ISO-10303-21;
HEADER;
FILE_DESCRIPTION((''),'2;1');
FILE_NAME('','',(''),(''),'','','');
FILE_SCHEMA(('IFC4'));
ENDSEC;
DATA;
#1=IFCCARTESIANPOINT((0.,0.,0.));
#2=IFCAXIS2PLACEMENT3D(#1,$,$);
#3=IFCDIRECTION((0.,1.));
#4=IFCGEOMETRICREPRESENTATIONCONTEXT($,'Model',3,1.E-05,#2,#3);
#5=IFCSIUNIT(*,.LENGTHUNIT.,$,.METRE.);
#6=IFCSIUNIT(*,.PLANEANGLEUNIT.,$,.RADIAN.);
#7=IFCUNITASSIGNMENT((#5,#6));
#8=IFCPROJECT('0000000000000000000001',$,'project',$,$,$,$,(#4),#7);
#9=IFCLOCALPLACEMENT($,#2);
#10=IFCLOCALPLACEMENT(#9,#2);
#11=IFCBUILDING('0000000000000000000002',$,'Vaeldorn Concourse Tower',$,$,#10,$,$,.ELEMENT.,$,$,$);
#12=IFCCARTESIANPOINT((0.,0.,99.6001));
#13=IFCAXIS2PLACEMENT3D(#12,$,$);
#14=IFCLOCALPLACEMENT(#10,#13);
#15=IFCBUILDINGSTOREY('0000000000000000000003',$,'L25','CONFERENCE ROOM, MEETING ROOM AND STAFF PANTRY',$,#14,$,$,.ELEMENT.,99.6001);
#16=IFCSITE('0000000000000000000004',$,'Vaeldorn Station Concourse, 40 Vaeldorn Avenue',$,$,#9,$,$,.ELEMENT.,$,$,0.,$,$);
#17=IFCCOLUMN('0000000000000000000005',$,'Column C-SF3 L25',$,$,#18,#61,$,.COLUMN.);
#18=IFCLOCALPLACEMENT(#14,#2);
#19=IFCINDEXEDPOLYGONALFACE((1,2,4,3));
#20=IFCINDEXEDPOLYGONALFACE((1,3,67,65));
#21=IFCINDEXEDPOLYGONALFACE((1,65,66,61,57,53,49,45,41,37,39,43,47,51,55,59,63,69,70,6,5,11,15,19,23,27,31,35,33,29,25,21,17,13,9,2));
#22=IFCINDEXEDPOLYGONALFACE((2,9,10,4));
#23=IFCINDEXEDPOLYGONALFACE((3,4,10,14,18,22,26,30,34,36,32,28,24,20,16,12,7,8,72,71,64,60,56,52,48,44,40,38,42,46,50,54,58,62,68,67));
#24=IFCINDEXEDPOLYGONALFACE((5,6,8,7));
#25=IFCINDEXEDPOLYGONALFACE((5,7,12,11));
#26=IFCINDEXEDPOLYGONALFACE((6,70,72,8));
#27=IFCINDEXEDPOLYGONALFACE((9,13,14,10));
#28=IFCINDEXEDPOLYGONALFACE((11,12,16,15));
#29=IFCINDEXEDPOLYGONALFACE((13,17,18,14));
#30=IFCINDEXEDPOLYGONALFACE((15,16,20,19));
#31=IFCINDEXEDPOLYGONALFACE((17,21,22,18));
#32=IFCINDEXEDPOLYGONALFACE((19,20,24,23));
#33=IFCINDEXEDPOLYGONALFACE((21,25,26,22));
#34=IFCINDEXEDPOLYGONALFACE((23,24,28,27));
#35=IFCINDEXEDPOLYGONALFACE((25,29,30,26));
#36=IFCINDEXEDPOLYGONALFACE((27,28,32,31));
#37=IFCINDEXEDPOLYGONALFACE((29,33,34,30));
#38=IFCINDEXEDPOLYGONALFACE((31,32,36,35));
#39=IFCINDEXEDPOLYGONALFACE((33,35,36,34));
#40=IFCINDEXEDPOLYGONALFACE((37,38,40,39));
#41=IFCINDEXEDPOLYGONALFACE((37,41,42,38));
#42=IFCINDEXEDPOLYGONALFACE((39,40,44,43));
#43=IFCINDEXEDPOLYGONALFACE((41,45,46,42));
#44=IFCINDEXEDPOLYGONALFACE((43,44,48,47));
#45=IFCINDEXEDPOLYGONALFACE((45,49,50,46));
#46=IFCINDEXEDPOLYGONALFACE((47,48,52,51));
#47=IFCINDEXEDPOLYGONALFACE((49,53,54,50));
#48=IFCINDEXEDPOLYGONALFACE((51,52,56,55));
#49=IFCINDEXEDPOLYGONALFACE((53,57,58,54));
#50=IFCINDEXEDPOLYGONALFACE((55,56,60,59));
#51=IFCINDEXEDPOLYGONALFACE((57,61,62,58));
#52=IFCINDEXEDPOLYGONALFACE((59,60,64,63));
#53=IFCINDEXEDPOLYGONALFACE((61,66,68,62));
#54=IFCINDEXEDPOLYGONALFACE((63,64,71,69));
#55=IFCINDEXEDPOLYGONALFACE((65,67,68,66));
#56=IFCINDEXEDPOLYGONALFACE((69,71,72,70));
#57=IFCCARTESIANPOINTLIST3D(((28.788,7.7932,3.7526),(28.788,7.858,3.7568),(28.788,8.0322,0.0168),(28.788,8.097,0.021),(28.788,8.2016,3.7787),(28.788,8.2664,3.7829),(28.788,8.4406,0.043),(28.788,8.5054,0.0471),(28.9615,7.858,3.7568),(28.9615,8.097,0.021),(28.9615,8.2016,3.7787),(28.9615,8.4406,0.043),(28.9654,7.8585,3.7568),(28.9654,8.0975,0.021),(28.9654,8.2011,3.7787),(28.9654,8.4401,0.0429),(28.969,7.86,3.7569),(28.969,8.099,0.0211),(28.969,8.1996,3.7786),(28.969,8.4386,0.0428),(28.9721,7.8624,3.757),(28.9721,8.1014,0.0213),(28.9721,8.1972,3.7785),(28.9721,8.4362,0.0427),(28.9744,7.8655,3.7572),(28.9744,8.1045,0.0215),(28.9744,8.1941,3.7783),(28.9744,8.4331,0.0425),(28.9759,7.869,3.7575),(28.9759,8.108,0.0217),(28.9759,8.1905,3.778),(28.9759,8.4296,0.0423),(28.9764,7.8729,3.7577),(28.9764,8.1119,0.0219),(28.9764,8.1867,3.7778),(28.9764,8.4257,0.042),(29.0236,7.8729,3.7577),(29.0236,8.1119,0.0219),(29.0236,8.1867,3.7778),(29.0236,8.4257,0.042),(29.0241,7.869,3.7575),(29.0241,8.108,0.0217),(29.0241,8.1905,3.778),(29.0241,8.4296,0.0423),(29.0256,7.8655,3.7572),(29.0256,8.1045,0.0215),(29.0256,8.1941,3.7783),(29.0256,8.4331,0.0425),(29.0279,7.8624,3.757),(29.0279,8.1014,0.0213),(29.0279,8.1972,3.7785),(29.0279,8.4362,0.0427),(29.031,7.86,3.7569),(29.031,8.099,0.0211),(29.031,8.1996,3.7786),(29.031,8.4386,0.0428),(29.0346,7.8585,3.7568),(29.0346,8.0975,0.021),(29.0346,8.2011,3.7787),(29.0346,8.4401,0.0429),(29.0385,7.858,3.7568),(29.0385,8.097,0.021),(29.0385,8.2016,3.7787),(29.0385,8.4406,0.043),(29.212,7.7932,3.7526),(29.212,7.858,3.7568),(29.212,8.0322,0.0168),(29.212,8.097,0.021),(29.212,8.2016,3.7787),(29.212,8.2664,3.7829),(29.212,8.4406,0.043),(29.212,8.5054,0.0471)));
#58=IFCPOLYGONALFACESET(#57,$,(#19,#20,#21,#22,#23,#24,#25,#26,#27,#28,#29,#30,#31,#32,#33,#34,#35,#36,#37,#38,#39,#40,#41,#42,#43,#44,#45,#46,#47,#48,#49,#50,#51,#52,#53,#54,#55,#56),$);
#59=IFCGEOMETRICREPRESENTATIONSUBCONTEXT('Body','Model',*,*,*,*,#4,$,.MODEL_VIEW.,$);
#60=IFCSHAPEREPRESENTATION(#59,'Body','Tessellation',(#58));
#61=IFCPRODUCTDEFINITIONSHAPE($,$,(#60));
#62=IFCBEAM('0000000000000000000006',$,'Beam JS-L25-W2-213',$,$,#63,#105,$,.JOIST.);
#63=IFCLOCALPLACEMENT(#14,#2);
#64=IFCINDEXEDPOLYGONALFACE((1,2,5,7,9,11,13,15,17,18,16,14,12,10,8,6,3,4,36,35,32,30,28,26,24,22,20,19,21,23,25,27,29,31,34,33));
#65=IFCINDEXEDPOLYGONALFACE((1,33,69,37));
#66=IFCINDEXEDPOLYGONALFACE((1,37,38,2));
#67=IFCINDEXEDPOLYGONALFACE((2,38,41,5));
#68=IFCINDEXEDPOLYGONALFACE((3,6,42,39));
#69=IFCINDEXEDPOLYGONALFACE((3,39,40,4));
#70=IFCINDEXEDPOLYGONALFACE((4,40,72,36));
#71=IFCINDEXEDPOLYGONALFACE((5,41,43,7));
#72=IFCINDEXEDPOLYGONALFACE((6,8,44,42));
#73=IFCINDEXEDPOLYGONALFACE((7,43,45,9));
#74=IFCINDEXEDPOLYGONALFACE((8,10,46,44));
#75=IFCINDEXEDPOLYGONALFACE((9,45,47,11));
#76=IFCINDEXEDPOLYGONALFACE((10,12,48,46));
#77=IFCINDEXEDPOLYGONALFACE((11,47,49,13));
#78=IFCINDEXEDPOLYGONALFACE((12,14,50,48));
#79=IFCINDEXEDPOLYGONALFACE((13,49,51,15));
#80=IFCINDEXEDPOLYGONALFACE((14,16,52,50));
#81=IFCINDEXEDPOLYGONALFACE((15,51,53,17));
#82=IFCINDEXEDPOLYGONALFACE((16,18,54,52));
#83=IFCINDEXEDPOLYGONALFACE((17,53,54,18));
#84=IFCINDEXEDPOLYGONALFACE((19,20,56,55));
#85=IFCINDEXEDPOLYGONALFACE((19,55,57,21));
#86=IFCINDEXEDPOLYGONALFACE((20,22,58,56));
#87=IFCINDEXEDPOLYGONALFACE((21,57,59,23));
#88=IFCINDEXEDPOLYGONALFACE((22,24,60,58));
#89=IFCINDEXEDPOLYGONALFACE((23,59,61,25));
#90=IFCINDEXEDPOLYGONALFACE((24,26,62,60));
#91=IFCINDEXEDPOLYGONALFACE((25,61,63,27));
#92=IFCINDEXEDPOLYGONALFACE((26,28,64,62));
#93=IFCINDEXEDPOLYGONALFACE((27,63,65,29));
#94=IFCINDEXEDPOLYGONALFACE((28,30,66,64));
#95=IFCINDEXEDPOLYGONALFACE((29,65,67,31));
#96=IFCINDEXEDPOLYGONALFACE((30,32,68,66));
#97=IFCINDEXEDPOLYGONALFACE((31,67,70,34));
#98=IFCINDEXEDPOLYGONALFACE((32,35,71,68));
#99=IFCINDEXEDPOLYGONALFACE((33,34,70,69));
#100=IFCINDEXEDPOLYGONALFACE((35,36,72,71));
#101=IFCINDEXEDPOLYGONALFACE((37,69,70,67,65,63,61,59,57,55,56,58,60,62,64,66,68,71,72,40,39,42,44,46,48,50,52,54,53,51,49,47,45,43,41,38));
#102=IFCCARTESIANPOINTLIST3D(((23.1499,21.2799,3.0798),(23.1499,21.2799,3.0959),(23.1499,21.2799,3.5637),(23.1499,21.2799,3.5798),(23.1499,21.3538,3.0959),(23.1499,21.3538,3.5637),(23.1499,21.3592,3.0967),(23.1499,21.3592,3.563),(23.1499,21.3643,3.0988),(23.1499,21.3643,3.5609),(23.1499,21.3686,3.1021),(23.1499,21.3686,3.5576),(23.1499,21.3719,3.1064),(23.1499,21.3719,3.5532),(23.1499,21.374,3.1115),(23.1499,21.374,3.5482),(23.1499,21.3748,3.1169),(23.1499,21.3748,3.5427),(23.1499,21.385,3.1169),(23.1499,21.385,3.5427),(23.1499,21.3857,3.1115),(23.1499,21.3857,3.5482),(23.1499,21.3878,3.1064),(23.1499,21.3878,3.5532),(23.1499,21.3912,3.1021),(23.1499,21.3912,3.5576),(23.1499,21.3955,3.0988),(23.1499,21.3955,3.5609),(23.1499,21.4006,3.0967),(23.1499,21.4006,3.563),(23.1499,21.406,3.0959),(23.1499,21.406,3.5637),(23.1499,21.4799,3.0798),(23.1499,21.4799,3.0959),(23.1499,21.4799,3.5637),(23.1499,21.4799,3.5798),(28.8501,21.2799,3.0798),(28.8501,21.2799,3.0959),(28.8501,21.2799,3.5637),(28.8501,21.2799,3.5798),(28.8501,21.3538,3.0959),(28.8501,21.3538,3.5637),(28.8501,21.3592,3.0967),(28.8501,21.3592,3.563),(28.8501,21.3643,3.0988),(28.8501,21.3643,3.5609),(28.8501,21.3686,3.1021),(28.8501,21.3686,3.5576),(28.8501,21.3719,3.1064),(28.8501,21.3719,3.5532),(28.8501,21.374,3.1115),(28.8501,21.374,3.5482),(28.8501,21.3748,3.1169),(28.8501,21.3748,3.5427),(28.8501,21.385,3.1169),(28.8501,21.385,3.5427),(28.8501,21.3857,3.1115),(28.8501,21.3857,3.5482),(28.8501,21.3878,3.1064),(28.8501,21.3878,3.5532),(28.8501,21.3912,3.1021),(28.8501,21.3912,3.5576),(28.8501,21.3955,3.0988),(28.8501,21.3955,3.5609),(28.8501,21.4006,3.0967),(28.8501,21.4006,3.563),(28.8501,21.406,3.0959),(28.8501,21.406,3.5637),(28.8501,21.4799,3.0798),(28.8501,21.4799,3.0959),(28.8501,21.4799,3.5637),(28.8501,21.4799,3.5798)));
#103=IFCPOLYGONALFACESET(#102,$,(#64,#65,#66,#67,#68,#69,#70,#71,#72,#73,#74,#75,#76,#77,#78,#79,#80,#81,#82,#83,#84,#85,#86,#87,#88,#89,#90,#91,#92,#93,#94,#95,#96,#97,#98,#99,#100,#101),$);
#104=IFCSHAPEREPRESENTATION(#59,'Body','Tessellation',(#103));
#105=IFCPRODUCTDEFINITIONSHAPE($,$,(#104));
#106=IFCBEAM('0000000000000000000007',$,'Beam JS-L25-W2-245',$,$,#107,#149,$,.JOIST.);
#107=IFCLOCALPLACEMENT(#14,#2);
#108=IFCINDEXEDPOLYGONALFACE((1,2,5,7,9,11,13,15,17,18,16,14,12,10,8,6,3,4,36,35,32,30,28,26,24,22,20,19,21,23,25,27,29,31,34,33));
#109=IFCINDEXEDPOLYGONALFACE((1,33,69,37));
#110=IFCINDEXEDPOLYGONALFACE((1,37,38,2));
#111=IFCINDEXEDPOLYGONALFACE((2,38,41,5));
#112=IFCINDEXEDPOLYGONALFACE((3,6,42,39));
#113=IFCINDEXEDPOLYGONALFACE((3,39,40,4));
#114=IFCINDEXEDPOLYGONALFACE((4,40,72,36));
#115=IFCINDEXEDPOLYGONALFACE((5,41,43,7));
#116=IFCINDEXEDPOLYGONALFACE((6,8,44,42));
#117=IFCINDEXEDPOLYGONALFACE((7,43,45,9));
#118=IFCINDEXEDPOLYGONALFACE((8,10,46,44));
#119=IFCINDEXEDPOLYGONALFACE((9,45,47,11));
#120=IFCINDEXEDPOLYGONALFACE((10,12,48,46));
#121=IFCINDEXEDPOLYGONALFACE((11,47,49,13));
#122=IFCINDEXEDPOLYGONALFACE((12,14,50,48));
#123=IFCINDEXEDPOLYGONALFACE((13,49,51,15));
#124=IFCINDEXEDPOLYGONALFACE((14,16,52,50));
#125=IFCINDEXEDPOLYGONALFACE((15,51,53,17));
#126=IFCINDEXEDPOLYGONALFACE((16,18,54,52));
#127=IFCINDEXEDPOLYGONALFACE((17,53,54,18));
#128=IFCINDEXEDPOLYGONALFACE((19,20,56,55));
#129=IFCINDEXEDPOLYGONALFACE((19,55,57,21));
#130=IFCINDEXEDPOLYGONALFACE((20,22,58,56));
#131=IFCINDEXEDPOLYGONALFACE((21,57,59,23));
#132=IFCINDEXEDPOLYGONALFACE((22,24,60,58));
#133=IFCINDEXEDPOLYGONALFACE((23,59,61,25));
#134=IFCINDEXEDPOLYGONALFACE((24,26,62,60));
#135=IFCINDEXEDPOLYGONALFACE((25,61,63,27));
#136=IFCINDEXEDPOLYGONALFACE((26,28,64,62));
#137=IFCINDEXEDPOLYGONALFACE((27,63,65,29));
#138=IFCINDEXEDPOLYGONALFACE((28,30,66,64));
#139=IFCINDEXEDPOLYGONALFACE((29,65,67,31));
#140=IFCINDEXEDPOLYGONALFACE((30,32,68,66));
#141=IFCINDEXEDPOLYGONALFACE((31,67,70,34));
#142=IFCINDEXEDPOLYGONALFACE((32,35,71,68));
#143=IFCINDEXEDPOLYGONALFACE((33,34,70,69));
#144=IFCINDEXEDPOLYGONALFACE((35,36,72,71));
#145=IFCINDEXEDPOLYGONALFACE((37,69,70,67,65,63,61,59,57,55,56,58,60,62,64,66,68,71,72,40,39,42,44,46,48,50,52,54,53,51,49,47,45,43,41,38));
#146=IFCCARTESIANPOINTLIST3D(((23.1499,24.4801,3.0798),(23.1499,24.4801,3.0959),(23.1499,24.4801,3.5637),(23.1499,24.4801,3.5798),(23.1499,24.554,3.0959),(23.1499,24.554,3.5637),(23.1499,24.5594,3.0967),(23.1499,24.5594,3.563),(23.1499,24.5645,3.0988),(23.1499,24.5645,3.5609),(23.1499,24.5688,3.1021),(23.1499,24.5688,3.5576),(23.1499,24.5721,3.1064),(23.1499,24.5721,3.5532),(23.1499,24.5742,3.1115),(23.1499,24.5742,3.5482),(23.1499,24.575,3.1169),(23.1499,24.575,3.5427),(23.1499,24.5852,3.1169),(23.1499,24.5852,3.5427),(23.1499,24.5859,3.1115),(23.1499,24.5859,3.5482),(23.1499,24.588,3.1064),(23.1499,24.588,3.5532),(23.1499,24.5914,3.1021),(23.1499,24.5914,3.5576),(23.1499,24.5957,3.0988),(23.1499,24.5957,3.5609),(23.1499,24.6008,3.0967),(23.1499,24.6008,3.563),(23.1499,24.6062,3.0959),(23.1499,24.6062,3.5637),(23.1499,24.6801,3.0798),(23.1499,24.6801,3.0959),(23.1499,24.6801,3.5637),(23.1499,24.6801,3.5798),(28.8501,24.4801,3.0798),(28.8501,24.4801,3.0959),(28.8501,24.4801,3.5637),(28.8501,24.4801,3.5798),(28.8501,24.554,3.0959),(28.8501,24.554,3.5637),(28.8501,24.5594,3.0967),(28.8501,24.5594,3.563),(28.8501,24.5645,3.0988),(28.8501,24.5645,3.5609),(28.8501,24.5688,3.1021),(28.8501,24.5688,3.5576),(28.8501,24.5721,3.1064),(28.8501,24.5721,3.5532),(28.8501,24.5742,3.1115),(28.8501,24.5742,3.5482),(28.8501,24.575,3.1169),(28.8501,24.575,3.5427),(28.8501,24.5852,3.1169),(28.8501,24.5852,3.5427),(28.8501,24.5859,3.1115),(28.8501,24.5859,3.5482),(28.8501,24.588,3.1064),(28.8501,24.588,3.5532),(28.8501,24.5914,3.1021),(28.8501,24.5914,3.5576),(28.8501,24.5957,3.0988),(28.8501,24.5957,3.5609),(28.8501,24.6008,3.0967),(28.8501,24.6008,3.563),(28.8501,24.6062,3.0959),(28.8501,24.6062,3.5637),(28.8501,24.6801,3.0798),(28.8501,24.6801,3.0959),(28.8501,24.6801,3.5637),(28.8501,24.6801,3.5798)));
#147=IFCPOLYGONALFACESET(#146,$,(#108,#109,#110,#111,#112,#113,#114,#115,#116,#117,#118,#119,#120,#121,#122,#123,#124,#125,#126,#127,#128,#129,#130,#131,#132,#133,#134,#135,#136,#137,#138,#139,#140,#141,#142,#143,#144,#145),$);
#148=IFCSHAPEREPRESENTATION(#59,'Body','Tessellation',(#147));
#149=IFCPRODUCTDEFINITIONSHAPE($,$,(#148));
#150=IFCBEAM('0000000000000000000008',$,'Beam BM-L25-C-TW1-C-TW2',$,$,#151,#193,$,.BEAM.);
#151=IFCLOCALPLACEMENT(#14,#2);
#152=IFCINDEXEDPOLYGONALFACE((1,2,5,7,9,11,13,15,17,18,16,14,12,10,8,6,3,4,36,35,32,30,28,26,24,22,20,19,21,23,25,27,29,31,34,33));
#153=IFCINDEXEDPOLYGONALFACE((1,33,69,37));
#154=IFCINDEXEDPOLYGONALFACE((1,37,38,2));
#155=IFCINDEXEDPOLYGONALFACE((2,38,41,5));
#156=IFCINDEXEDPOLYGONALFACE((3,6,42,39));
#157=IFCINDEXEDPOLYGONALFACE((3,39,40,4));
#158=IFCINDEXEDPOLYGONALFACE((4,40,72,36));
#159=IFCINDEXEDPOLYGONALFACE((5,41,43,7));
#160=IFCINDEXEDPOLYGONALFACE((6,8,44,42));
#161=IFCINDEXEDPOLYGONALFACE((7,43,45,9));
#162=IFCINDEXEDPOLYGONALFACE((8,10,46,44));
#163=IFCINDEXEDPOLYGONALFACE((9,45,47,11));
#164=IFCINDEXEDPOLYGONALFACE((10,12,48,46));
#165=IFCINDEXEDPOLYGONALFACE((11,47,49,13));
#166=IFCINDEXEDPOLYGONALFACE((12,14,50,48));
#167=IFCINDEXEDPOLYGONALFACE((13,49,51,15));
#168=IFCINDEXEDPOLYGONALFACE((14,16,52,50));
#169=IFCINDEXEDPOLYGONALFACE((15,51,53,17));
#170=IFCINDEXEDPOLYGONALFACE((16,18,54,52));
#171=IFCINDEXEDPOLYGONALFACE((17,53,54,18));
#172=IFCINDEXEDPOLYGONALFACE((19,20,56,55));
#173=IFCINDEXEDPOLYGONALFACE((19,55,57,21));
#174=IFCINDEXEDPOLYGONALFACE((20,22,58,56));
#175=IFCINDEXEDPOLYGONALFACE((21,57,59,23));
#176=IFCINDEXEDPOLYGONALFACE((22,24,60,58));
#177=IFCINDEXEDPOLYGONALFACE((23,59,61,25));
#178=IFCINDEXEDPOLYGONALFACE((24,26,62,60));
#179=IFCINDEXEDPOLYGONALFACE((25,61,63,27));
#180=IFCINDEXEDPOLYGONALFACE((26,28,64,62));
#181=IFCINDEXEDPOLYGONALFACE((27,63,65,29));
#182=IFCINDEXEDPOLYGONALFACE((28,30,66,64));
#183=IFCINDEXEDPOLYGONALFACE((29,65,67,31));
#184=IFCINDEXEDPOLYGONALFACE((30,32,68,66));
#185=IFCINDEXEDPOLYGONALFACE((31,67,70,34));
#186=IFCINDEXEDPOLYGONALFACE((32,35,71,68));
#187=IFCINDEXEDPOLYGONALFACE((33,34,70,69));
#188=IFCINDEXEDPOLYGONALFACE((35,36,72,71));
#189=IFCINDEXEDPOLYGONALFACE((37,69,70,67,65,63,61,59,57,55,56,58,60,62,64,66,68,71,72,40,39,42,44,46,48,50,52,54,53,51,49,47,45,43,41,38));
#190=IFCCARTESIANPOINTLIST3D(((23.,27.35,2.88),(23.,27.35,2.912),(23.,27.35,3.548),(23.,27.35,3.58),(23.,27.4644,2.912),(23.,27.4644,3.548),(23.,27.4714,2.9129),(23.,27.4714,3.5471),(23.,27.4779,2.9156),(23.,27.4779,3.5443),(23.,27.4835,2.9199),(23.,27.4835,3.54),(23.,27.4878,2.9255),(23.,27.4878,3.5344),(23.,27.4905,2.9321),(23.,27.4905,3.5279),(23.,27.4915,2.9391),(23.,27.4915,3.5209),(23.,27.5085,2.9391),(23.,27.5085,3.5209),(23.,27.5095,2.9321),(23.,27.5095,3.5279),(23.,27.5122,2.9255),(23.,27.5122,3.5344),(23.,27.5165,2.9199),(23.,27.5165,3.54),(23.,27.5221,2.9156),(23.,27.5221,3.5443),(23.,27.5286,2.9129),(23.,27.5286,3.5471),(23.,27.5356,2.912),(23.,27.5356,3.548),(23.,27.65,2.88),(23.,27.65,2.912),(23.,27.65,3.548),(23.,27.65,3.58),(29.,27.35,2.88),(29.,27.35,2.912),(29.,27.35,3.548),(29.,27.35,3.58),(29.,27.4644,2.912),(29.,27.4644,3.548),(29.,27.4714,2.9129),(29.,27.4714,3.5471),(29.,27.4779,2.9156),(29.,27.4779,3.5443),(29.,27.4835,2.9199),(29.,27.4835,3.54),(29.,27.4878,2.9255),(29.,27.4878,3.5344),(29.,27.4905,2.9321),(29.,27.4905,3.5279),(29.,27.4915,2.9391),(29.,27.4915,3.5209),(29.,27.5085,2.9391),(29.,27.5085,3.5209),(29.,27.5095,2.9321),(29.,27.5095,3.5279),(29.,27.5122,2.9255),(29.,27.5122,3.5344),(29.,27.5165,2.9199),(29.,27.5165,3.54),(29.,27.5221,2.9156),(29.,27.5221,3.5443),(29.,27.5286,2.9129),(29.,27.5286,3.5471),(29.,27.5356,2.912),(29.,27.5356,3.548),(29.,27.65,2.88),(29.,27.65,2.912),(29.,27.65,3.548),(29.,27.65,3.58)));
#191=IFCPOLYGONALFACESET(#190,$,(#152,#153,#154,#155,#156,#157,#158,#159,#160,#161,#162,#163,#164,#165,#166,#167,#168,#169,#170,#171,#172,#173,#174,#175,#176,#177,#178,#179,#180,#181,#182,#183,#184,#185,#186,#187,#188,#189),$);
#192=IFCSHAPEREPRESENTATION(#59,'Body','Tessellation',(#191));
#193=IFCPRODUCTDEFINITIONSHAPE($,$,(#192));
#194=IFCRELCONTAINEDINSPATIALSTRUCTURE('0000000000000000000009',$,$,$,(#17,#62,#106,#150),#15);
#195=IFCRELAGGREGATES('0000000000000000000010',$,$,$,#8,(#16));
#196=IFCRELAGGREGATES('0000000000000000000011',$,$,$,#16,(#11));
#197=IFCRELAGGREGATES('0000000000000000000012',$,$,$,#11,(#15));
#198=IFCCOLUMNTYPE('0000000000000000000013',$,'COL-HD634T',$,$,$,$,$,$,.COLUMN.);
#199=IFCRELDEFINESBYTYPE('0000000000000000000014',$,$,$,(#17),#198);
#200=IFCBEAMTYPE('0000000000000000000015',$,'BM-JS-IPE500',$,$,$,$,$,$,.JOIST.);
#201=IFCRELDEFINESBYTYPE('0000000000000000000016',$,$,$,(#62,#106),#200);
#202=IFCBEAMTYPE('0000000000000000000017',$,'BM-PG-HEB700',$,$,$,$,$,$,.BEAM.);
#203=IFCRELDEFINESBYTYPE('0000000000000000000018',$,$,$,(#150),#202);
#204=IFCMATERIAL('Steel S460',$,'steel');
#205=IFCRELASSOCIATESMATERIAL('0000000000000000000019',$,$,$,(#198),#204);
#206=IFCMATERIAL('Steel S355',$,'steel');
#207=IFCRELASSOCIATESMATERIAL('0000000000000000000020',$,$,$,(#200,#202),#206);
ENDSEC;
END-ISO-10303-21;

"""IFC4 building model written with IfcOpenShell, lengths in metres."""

from ifc_helpers import new_model, si_unit, direction, frame, origin, origin_2d, place, context, subcontext, project, spatial, i_section, extrude, source, transform, mapped, material, material_profile, profile_set, type_object, element, save


model = new_model("IFC4")

# Units and contexts
model_context = context("Model", 3, precision=1e-05, world=origin(), true_north=direction((0.0, 1.0)))
body_context = subcontext(model_context, "Body", "Model", "MODEL_VIEW")
ifc_project = project(units=[si_unit("LENGTHUNIT", "METRE"), si_unit("PLANEANGLEUNIT", "RADIAN")], contexts=[model_context])

# Site, building, storey
site_placement = place(None, origin())
site = spatial("IfcSite", under=ifc_project, at=site_placement, Name="Vaeldorn Station Concourse, 40 Vaeldorn Avenue", CompositionType="ELEMENT", RefElevation=0.0)
building_placement = place(site_placement, origin())
building = spatial("IfcBuilding", under=site, at=building_placement, Name="Vaeldorn Concourse Tower", CompositionType="ELEMENT")
storey_placement = place(building_placement, frame((0.0, 0.0, 99.6001)))
storey = spatial("IfcBuildingStorey", under=building, at=storey_placement, Name="L25", Description="CONFERENCE ROOM, MEETING ROOM AND STAFF PANTRY", CompositionType="ELEMENT", Elevation=99.6001)

# Column
ifc_material_1 = material(Name="Steel S460", Category="steel")
ifc_material_profile_1 = material_profile(ifc_material_1, i_section(OverallWidth=0.4241, OverallDepth=0.4741, WebThickness=0.0471, FlangeThickness=0.0649, FilletRadius=0.0149, at=origin_2d()), Name="HD 400x634")
ifc_profile_set_1 = profile_set([ifc_material_profile_1], Name="Steel S460")
column_type_1 = type_object("IfcColumnType", Name="COL-HD634T", PredefinedType="COLUMN", material=ifc_profile_set_1)
shared_shape_1 = source(origin(), body_context, "Body", "SweptSolid", [
    extrude(i_section(OverallWidth=0.4241, OverallDepth=0.4741, WebThickness=0.0471, FlangeThickness=0.0649, FilletRadius=0.0149, at=origin_2d()), origin(), (0.0, 0.0, 1.0), 3.7434),
])
column_1_placement = place(storey_placement, frame((29.0, 8.2688, 0.032), z_axis=(0.0, -0.063848, 0.99796), x_axis=(1.0, 0.0, 0.0)))
element("IfcColumn", 1, at=column_1_placement, inside=storey, type_object=column_type_1, Name="Column C-SF3 L25", PredefinedType="COLUMN", context=body_context, shape_type="MappedRepresentation", body=[
    mapped(shared_shape_1, transform((0.0, 0.0, 0.0), scale=1.0)),
])

# Beams
ifc_material_2 = material(Name="Steel S355", Category="steel")
ifc_material_profile_2 = material_profile(ifc_material_2, i_section(OverallWidth=0.2, OverallDepth=0.5, WebThickness=0.0103, FlangeThickness=0.0161, FilletRadius=0.021, at=origin_2d()), Name="IPE 500")
ifc_profile_set_2 = profile_set([ifc_material_profile_2], Name="Steel S355")
beam_type_1 = type_object("IfcBeamType", Name="BM-JS-IPE500", PredefinedType="JOIST", material=ifc_profile_set_2)
shared_shape_2 = source(origin(), body_context, "Body", "SweptSolid", [
    extrude(i_section(OverallWidth=0.2, OverallDepth=0.5, WebThickness=0.0103, FlangeThickness=0.0161, FilletRadius=0.021, at=origin_2d()), origin(), (0.0, 0.0, 1.0), 5.7002),
])
for number, where, z_axis, x_axis, name in (
    (2, (23.1499, 21.3799, 3.3298), (1.0, 0.0, 0.0), (0.0, 1.0, 0.0), "Beam JS-L25-W2-213"),
    (3, (23.1499, 24.5801, 3.3298), (1.0, 0.0, 0.0), (0.0, 1.0, 0.0), "Beam JS-L25-W2-245"),
):
    element("IfcBeam", number, at=place(storey_placement, frame(where, z_axis=z_axis, x_axis=x_axis)), inside=storey, type_object=beam_type_1, Name=name, PredefinedType="JOIST", context=body_context, shape_type="MappedRepresentation", body=[
        mapped(shared_shape_2, transform((0.0, 0.0, 0.0), scale=1.0)),
    ])
ifc_material_profile_3 = material_profile(ifc_material_2, i_section(OverallWidth=0.3, OverallDepth=0.7, WebThickness=0.0171, FlangeThickness=0.032, FilletRadius=0.0271, at=origin_2d()), Name="HEB 700")
ifc_profile_set_3 = profile_set([ifc_material_profile_3], Name="Steel S355")
beam_type_2 = type_object("IfcBeamType", Name="BM-PG-HEB700", PredefinedType="BEAM", material=ifc_profile_set_3)
shared_shape_3 = source(origin(), body_context, "Body", "SweptSolid", [
    extrude(i_section(OverallWidth=0.3, OverallDepth=0.7, WebThickness=0.0171, FlangeThickness=0.032, FilletRadius=0.0271, at=origin_2d()), origin(), (0.0, 0.0, 1.0), 6.0),
])
beam_1_placement = place(storey_placement, frame((23.0, 27.5, 3.23), z_axis=(1.0, 0.0, 0.0), x_axis=(0.0, 1.0, 0.0)))
element("IfcBeam", 4, at=beam_1_placement, inside=storey, type_object=beam_type_2, Name="Beam BM-L25-C-TW1-C-TW2", PredefinedType="BEAM", context=body_context, shape_type="MappedRepresentation", body=[
    mapped(shared_shape_3, transform((0.0, 0.0, 0.0), scale=1.0)),
])

save(model, "model.ifc")
